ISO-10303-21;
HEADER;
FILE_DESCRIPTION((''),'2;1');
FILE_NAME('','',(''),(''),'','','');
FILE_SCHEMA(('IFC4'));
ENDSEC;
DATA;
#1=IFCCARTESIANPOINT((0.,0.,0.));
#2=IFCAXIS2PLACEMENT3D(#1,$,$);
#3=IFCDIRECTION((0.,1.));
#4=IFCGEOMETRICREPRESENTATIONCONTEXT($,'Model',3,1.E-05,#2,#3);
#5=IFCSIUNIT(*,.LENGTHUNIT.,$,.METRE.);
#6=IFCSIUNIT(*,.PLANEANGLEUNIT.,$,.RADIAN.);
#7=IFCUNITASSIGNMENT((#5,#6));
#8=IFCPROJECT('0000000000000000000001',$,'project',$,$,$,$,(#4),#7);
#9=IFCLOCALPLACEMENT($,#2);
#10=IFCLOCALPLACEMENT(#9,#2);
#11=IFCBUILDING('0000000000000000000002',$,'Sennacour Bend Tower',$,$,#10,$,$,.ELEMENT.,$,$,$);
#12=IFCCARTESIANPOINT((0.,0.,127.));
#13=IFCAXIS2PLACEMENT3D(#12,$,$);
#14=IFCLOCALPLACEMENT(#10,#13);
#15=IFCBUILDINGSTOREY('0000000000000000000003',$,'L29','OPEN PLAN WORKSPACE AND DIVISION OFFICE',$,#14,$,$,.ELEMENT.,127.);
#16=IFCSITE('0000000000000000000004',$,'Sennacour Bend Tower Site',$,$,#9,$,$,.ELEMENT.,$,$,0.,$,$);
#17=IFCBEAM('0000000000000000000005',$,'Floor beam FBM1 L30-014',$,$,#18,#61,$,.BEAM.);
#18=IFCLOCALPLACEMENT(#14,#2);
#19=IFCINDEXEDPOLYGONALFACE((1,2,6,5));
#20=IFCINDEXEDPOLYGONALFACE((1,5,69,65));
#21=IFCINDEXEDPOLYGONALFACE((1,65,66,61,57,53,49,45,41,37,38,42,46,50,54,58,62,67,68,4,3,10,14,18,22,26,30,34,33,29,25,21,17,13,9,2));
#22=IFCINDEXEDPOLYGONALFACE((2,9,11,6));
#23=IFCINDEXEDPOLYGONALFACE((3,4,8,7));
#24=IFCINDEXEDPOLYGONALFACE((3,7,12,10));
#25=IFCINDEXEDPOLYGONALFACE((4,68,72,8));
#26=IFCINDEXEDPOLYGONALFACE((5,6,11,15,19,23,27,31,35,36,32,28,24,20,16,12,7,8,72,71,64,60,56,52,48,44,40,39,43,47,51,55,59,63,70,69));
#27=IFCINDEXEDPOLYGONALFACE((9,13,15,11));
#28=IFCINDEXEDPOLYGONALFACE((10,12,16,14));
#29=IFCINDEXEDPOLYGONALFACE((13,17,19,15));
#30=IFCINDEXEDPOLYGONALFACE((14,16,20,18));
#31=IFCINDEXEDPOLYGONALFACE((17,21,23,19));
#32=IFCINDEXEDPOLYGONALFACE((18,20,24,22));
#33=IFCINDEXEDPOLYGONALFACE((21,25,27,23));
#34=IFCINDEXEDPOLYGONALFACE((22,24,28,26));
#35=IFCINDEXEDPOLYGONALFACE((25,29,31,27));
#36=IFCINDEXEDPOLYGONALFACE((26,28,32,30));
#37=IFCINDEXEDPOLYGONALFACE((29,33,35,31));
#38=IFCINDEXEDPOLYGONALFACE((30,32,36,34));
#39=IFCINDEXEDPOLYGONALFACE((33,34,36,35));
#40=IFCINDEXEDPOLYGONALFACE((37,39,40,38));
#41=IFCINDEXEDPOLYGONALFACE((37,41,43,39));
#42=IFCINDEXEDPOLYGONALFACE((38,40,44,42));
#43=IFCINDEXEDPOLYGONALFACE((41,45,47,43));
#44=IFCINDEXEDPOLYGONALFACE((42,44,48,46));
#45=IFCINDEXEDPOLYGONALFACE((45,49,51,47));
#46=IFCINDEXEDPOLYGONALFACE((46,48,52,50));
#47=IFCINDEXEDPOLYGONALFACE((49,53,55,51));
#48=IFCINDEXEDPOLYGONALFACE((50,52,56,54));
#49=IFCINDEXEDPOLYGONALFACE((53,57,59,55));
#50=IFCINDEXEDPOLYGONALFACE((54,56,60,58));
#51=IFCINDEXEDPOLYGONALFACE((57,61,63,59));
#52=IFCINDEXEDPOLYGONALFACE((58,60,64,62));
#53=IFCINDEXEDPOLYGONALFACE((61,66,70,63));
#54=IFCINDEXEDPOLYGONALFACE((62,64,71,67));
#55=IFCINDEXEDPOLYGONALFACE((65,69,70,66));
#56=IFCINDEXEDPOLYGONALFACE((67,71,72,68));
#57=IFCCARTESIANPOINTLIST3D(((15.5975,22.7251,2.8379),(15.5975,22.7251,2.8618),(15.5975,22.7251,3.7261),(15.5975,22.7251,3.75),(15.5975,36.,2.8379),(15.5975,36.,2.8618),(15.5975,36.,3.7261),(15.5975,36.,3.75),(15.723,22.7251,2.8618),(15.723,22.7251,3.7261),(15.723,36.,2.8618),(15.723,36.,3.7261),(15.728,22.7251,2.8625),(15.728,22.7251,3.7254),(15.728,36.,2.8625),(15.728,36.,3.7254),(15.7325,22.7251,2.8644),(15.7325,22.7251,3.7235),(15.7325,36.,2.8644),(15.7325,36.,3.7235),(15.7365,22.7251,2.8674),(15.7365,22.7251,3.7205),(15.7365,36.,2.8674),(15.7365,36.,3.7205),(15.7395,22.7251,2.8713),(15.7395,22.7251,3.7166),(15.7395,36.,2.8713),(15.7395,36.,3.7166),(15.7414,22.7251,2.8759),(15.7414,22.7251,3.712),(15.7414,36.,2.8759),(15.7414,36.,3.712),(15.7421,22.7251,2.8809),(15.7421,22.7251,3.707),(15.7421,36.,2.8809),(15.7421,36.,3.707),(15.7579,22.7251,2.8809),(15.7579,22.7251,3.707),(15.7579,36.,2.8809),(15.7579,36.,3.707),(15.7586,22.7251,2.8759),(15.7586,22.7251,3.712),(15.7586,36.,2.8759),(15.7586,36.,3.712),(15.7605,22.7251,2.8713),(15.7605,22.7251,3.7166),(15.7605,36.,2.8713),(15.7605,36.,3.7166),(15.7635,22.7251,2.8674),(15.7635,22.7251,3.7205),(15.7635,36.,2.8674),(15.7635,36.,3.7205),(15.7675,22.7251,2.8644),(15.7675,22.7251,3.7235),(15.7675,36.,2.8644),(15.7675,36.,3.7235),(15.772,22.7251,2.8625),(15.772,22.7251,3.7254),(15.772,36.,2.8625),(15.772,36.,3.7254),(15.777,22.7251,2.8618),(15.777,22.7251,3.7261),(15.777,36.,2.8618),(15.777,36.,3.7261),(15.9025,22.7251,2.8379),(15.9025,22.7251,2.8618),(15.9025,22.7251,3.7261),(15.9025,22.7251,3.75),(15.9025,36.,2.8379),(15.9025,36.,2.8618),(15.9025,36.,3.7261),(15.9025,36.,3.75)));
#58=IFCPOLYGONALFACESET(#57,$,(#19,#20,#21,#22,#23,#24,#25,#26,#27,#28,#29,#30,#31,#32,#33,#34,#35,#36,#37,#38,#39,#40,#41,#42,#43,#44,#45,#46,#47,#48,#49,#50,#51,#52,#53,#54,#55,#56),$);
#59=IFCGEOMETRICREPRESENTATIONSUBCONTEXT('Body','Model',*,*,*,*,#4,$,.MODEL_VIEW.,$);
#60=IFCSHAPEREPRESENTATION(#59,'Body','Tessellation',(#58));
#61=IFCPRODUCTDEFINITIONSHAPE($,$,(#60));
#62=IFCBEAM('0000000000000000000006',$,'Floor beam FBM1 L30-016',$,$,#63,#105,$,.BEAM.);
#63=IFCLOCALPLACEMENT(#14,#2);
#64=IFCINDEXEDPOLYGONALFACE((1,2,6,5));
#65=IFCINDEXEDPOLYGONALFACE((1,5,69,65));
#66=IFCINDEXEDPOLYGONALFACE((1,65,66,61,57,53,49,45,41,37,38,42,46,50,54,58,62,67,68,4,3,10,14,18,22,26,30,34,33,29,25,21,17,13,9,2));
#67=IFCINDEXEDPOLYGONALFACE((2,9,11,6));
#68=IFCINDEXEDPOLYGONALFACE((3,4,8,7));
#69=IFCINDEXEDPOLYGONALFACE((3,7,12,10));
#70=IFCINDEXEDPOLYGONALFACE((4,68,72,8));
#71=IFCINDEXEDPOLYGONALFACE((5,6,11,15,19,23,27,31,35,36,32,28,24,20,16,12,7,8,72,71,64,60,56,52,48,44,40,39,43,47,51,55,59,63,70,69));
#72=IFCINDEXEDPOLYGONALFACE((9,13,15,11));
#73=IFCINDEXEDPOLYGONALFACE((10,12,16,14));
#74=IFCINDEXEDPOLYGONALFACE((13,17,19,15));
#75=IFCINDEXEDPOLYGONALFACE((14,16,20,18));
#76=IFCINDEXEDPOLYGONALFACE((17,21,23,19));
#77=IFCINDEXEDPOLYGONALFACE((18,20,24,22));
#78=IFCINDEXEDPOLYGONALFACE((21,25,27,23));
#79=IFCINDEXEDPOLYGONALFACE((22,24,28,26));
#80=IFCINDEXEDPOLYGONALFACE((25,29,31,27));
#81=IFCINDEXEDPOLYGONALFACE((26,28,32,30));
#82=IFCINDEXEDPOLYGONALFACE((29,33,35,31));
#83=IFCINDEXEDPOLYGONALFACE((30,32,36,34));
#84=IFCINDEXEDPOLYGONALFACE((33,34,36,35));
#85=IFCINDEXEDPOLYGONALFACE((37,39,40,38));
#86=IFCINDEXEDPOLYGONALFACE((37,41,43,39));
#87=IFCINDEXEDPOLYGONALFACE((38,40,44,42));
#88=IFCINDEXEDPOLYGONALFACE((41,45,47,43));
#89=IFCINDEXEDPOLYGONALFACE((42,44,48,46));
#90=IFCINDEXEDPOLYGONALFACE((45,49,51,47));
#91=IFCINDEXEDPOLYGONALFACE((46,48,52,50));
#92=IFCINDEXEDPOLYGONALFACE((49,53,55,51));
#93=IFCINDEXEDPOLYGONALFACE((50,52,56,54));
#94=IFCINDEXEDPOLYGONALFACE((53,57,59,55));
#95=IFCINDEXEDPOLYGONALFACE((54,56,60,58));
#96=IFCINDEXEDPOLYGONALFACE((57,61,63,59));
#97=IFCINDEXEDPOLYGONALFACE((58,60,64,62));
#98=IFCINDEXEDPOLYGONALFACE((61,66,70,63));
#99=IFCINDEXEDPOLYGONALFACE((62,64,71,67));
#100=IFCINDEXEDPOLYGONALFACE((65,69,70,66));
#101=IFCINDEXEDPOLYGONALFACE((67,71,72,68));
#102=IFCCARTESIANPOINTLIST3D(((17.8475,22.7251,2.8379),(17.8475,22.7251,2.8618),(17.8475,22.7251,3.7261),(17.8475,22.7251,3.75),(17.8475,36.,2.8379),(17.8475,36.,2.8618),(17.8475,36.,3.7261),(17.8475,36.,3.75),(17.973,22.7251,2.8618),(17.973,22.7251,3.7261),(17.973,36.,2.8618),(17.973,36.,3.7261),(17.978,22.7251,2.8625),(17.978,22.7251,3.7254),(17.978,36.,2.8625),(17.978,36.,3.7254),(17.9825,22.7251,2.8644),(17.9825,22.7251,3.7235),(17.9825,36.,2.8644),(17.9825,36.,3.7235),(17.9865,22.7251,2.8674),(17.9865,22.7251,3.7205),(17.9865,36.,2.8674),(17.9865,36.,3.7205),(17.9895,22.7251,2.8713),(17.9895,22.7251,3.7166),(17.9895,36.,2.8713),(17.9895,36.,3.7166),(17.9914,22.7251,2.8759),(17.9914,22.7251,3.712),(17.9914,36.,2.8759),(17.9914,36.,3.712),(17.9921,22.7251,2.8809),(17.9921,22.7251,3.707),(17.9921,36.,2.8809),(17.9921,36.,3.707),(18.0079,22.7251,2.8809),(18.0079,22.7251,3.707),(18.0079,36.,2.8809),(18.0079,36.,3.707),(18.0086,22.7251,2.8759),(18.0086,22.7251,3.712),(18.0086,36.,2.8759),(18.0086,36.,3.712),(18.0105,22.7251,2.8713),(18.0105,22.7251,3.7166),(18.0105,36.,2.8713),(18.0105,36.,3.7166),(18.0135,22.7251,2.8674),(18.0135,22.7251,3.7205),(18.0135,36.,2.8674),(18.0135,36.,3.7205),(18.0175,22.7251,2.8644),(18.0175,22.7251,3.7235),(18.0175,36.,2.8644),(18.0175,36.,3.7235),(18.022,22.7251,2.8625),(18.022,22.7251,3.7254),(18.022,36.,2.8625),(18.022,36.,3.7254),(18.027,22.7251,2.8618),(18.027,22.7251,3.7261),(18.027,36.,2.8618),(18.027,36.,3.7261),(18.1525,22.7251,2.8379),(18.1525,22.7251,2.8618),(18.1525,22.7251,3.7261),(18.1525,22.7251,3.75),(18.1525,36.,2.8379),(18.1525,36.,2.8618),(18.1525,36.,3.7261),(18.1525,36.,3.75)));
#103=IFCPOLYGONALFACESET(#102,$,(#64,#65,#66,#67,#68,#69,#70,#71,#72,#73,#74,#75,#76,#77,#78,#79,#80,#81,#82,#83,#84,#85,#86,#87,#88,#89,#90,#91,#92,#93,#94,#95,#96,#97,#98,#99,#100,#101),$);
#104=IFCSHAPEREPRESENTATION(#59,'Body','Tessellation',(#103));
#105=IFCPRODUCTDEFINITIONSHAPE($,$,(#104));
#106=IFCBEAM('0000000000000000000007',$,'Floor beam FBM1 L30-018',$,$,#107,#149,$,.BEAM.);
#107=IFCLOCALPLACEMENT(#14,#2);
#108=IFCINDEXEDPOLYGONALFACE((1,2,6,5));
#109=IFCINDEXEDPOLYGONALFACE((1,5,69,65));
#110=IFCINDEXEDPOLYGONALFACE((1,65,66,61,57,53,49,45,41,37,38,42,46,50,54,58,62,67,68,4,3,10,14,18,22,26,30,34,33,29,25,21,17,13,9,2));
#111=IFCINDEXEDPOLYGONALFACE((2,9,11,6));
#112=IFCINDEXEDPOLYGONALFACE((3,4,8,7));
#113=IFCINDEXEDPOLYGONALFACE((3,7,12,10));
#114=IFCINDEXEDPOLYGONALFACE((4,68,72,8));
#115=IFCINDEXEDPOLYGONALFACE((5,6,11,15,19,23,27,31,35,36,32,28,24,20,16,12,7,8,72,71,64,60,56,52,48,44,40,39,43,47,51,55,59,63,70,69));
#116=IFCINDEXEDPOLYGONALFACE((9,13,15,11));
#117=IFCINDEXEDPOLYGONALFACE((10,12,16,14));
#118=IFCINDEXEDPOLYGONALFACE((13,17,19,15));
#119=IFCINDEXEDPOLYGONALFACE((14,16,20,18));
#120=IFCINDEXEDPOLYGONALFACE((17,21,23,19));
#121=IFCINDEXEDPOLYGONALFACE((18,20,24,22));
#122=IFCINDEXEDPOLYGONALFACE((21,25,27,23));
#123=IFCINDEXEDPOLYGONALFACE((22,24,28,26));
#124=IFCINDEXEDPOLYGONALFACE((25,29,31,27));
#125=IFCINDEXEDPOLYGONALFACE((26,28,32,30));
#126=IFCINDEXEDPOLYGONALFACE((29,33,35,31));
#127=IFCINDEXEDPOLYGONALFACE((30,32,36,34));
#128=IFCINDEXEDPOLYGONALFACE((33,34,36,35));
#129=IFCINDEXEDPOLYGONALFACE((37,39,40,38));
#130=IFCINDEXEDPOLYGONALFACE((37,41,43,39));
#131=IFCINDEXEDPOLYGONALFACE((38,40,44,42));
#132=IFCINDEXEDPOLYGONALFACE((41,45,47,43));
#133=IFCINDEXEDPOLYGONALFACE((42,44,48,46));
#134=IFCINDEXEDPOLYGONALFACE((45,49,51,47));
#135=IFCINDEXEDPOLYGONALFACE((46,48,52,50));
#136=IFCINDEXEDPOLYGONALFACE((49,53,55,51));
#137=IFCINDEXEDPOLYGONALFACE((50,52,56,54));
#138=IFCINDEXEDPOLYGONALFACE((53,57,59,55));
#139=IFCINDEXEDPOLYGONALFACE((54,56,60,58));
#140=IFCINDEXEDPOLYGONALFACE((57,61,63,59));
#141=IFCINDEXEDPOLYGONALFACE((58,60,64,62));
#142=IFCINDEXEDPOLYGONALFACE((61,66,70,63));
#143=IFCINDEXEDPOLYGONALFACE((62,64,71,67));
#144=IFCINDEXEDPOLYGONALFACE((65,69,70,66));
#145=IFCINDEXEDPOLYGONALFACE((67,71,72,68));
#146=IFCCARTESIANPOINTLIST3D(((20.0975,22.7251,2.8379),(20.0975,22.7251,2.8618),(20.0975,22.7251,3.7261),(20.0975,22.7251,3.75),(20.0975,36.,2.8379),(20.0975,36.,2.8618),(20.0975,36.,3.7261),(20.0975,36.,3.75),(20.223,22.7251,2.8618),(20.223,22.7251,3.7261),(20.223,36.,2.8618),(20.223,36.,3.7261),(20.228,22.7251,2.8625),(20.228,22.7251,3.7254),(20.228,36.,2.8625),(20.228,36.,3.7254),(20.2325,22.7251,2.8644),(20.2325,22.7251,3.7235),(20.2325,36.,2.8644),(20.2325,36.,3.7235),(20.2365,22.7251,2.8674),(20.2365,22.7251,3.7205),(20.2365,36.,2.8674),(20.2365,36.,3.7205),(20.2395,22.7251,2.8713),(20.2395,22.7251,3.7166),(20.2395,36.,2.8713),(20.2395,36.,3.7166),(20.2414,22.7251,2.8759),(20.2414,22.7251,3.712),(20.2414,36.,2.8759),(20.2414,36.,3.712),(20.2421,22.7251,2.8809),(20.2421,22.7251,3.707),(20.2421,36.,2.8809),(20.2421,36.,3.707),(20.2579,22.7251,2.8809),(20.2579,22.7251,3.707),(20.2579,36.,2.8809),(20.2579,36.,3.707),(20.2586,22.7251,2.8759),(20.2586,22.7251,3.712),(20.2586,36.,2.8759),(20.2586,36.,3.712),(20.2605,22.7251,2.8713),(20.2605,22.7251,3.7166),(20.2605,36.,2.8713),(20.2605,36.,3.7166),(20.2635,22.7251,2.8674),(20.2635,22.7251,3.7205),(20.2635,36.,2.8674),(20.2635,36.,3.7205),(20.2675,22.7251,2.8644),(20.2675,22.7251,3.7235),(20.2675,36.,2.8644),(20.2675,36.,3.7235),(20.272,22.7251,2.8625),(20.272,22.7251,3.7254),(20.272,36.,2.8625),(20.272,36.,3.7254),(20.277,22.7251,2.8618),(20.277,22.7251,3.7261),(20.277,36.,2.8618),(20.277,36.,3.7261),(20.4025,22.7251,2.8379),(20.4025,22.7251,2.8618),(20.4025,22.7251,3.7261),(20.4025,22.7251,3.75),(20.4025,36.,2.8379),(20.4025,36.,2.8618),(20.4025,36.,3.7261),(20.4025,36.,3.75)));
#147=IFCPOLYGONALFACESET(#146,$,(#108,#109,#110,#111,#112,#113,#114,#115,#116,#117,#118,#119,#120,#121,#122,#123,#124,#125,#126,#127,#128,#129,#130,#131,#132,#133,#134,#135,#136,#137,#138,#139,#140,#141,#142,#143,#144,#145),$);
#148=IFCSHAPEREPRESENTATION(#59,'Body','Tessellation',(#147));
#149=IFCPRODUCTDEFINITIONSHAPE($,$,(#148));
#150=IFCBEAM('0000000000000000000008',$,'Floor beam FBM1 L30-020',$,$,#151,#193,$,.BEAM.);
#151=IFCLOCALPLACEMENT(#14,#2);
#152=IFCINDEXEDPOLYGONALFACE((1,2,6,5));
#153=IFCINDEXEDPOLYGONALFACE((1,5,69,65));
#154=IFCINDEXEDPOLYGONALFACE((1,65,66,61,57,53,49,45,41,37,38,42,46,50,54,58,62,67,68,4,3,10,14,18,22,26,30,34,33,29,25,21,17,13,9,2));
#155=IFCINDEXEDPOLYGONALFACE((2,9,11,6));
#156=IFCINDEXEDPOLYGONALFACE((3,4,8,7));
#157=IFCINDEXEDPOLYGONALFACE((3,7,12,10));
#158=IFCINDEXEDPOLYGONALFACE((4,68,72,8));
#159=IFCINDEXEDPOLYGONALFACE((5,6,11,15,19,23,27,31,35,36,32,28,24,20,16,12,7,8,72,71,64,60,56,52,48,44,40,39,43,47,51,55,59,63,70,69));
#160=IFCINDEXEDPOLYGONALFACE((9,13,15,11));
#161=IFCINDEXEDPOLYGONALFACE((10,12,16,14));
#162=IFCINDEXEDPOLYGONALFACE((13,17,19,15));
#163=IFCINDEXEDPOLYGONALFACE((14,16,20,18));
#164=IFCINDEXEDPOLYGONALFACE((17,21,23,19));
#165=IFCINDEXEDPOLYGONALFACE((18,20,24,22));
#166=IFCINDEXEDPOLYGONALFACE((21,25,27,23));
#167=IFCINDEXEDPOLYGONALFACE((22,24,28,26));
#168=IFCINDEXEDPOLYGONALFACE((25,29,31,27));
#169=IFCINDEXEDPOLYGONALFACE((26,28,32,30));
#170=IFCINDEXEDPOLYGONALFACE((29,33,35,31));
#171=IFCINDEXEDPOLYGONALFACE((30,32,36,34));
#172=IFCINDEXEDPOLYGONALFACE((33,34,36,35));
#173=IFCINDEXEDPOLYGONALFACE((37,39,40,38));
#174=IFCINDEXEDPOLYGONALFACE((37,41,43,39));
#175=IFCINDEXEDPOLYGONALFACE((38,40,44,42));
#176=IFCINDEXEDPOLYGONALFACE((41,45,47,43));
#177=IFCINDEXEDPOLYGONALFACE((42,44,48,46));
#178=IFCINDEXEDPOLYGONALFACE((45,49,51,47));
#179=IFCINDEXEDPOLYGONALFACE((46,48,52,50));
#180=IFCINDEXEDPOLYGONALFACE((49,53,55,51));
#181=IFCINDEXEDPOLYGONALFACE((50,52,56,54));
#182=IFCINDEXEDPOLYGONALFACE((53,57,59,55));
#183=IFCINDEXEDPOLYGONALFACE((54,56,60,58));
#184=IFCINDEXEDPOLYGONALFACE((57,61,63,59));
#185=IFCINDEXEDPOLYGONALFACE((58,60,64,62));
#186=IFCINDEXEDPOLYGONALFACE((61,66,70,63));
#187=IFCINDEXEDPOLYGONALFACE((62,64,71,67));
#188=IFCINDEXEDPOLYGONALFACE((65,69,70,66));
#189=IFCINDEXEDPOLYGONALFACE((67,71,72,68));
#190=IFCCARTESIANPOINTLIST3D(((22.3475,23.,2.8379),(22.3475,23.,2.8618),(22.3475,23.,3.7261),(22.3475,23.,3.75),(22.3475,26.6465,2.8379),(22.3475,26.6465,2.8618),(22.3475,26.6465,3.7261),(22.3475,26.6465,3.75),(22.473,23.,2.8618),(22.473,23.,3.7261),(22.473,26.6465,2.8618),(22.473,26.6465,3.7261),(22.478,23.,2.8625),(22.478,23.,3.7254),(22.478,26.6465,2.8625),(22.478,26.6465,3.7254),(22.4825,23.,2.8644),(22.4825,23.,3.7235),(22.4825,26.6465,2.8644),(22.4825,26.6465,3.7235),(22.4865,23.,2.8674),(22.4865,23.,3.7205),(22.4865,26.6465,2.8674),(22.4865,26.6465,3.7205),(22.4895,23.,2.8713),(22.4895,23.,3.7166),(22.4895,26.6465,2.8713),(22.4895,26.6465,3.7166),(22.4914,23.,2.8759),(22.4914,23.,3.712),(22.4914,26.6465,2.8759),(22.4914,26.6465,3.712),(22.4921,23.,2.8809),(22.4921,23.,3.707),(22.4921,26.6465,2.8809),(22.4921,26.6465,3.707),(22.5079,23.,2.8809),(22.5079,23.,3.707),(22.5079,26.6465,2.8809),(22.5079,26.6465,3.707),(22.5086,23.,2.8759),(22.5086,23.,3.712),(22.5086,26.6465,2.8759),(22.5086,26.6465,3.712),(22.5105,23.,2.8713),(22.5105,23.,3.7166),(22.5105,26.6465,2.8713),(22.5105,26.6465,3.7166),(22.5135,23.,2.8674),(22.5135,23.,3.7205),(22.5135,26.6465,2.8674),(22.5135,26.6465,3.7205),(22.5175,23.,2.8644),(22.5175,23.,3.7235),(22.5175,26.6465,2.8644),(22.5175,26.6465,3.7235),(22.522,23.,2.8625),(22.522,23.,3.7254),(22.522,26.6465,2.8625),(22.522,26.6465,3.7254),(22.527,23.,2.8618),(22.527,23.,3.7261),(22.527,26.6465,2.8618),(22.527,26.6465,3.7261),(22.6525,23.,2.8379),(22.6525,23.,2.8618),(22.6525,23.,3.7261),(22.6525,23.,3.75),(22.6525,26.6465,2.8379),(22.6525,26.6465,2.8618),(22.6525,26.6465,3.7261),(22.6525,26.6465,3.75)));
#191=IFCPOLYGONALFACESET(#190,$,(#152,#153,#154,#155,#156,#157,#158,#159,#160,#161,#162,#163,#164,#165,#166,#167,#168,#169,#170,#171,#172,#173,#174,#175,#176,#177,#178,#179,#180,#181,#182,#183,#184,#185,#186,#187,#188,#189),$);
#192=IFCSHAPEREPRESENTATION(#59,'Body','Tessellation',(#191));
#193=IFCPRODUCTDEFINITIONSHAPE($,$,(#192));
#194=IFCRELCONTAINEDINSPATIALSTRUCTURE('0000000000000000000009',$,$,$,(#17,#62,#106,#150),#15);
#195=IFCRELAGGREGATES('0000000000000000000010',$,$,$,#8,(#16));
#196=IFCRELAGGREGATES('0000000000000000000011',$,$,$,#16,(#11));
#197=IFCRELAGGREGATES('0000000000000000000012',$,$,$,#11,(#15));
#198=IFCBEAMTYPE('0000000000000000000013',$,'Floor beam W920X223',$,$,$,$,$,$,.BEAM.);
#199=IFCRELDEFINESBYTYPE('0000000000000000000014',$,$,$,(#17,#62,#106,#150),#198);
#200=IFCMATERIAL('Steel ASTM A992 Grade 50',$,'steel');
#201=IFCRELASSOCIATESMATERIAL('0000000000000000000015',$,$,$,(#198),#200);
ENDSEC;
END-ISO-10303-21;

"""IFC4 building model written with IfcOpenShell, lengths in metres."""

from ifc_helpers import new_model, si_unit, direction, frame, origin, origin_2d, place, context, subcontext, project, spatial, i_section, extrude, material, material_profile, profile_set, type_object, element, save


model = new_model("IFC4")

# Units and contexts
model_context = context("Model", 3, precision=1e-05, world=origin(), true_north=direction((0.0, 1.0)))
body_context = subcontext(model_context, "Body", "Model", "MODEL_VIEW")
ifc_project = project(units=[si_unit("LENGTHUNIT", "METRE"), si_unit("PLANEANGLEUNIT", "RADIAN")], contexts=[model_context])

# Site, building, storey
site_placement = place(None, origin())
site = spatial("IfcSite", under=ifc_project, at=site_placement, Name="Sennacour Bend Tower Site", CompositionType="ELEMENT", RefElevation=0.0)
building_placement = place(site_placement, origin())
building = spatial("IfcBuilding", under=site, at=building_placement, Name="Sennacour Bend Tower", CompositionType="ELEMENT")
storey_placement = place(building_placement, frame((0.0, 0.0, 127.0)))
storey = spatial("IfcBuildingStorey", under=building, at=storey_placement, Name="L29", Description="OPEN PLAN WORKSPACE AND DIVISION OFFICE", CompositionType="ELEMENT", Elevation=127.0)

# Beams
ifc_material_1 = material(Name="Steel ASTM A992 Grade 50", Category="steel")
ifc_material_profile_1 = material_profile(ifc_material_1, i_section(OverallWidth=0.3049, OverallDepth=0.9121, WebThickness=0.0159, FlangeThickness=0.0239, FilletRadius=0.019, at=origin_2d()), Name="Steel ASTM A992 Grade 50", Category="steel")
ifc_profile_set_1 = profile_set([ifc_material_profile_1], Name="Steel ASTM A992 Grade 50")
beam_type_1 = type_object("IfcBeamType", Name="Floor beam W920X223", PredefinedType="BEAM", material=ifc_profile_set_1)
for number, where, z_axis, x_axis, name in (
    (1, (15.75, 22.7251, 3.2939), (0.0, 1.0, 0.0), (-1.0, 0.0, 0.0), "Floor beam FBM1 L30-014"),
    (2, (18.0, 22.7251, 3.2939), (0.0, 1.0, 0.0), (-1.0, 0.0, 0.0), "Floor beam FBM1 L30-016"),
    (3, (20.25, 22.7251, 3.2939), (0.0, 1.0, 0.0), (-1.0, 0.0, 0.0), "Floor beam FBM1 L30-018"),
):
    element("IfcBeam", number, at=place(storey_placement, frame(where, z_axis=z_axis, x_axis=x_axis)), inside=storey, type_object=beam_type_1, Name=name, PredefinedType="BEAM", context=body_context, shape_type="SweptSolid", body=[
        extrude(i_section(OverallWidth=0.3049, OverallDepth=0.9121, WebThickness=0.0159, FlangeThickness=0.0239, FilletRadius=0.019, at=origin_2d()), origin(), (0.0, 0.0, 1.0), 13.2749),
    ])
beam_1_placement = place(storey_placement, frame((22.5, 23.0, 3.2939), z_axis=(0.0, 1.0, 0.0), x_axis=(-1.0, 0.0, 0.0)))
element("IfcBeam", 4, at=beam_1_placement, inside=storey, type_object=beam_type_1, Name="Floor beam FBM1 L30-020", PredefinedType="BEAM", context=body_context, shape_type="SweptSolid", body=[
    extrude(i_section(OverallWidth=0.3049, OverallDepth=0.9121, WebThickness=0.0159, FlangeThickness=0.0239, FilletRadius=0.019, at=origin_2d()), origin(), (0.0, 0.0, 1.0), 3.6465),
])

save(model, "model.ifc")
